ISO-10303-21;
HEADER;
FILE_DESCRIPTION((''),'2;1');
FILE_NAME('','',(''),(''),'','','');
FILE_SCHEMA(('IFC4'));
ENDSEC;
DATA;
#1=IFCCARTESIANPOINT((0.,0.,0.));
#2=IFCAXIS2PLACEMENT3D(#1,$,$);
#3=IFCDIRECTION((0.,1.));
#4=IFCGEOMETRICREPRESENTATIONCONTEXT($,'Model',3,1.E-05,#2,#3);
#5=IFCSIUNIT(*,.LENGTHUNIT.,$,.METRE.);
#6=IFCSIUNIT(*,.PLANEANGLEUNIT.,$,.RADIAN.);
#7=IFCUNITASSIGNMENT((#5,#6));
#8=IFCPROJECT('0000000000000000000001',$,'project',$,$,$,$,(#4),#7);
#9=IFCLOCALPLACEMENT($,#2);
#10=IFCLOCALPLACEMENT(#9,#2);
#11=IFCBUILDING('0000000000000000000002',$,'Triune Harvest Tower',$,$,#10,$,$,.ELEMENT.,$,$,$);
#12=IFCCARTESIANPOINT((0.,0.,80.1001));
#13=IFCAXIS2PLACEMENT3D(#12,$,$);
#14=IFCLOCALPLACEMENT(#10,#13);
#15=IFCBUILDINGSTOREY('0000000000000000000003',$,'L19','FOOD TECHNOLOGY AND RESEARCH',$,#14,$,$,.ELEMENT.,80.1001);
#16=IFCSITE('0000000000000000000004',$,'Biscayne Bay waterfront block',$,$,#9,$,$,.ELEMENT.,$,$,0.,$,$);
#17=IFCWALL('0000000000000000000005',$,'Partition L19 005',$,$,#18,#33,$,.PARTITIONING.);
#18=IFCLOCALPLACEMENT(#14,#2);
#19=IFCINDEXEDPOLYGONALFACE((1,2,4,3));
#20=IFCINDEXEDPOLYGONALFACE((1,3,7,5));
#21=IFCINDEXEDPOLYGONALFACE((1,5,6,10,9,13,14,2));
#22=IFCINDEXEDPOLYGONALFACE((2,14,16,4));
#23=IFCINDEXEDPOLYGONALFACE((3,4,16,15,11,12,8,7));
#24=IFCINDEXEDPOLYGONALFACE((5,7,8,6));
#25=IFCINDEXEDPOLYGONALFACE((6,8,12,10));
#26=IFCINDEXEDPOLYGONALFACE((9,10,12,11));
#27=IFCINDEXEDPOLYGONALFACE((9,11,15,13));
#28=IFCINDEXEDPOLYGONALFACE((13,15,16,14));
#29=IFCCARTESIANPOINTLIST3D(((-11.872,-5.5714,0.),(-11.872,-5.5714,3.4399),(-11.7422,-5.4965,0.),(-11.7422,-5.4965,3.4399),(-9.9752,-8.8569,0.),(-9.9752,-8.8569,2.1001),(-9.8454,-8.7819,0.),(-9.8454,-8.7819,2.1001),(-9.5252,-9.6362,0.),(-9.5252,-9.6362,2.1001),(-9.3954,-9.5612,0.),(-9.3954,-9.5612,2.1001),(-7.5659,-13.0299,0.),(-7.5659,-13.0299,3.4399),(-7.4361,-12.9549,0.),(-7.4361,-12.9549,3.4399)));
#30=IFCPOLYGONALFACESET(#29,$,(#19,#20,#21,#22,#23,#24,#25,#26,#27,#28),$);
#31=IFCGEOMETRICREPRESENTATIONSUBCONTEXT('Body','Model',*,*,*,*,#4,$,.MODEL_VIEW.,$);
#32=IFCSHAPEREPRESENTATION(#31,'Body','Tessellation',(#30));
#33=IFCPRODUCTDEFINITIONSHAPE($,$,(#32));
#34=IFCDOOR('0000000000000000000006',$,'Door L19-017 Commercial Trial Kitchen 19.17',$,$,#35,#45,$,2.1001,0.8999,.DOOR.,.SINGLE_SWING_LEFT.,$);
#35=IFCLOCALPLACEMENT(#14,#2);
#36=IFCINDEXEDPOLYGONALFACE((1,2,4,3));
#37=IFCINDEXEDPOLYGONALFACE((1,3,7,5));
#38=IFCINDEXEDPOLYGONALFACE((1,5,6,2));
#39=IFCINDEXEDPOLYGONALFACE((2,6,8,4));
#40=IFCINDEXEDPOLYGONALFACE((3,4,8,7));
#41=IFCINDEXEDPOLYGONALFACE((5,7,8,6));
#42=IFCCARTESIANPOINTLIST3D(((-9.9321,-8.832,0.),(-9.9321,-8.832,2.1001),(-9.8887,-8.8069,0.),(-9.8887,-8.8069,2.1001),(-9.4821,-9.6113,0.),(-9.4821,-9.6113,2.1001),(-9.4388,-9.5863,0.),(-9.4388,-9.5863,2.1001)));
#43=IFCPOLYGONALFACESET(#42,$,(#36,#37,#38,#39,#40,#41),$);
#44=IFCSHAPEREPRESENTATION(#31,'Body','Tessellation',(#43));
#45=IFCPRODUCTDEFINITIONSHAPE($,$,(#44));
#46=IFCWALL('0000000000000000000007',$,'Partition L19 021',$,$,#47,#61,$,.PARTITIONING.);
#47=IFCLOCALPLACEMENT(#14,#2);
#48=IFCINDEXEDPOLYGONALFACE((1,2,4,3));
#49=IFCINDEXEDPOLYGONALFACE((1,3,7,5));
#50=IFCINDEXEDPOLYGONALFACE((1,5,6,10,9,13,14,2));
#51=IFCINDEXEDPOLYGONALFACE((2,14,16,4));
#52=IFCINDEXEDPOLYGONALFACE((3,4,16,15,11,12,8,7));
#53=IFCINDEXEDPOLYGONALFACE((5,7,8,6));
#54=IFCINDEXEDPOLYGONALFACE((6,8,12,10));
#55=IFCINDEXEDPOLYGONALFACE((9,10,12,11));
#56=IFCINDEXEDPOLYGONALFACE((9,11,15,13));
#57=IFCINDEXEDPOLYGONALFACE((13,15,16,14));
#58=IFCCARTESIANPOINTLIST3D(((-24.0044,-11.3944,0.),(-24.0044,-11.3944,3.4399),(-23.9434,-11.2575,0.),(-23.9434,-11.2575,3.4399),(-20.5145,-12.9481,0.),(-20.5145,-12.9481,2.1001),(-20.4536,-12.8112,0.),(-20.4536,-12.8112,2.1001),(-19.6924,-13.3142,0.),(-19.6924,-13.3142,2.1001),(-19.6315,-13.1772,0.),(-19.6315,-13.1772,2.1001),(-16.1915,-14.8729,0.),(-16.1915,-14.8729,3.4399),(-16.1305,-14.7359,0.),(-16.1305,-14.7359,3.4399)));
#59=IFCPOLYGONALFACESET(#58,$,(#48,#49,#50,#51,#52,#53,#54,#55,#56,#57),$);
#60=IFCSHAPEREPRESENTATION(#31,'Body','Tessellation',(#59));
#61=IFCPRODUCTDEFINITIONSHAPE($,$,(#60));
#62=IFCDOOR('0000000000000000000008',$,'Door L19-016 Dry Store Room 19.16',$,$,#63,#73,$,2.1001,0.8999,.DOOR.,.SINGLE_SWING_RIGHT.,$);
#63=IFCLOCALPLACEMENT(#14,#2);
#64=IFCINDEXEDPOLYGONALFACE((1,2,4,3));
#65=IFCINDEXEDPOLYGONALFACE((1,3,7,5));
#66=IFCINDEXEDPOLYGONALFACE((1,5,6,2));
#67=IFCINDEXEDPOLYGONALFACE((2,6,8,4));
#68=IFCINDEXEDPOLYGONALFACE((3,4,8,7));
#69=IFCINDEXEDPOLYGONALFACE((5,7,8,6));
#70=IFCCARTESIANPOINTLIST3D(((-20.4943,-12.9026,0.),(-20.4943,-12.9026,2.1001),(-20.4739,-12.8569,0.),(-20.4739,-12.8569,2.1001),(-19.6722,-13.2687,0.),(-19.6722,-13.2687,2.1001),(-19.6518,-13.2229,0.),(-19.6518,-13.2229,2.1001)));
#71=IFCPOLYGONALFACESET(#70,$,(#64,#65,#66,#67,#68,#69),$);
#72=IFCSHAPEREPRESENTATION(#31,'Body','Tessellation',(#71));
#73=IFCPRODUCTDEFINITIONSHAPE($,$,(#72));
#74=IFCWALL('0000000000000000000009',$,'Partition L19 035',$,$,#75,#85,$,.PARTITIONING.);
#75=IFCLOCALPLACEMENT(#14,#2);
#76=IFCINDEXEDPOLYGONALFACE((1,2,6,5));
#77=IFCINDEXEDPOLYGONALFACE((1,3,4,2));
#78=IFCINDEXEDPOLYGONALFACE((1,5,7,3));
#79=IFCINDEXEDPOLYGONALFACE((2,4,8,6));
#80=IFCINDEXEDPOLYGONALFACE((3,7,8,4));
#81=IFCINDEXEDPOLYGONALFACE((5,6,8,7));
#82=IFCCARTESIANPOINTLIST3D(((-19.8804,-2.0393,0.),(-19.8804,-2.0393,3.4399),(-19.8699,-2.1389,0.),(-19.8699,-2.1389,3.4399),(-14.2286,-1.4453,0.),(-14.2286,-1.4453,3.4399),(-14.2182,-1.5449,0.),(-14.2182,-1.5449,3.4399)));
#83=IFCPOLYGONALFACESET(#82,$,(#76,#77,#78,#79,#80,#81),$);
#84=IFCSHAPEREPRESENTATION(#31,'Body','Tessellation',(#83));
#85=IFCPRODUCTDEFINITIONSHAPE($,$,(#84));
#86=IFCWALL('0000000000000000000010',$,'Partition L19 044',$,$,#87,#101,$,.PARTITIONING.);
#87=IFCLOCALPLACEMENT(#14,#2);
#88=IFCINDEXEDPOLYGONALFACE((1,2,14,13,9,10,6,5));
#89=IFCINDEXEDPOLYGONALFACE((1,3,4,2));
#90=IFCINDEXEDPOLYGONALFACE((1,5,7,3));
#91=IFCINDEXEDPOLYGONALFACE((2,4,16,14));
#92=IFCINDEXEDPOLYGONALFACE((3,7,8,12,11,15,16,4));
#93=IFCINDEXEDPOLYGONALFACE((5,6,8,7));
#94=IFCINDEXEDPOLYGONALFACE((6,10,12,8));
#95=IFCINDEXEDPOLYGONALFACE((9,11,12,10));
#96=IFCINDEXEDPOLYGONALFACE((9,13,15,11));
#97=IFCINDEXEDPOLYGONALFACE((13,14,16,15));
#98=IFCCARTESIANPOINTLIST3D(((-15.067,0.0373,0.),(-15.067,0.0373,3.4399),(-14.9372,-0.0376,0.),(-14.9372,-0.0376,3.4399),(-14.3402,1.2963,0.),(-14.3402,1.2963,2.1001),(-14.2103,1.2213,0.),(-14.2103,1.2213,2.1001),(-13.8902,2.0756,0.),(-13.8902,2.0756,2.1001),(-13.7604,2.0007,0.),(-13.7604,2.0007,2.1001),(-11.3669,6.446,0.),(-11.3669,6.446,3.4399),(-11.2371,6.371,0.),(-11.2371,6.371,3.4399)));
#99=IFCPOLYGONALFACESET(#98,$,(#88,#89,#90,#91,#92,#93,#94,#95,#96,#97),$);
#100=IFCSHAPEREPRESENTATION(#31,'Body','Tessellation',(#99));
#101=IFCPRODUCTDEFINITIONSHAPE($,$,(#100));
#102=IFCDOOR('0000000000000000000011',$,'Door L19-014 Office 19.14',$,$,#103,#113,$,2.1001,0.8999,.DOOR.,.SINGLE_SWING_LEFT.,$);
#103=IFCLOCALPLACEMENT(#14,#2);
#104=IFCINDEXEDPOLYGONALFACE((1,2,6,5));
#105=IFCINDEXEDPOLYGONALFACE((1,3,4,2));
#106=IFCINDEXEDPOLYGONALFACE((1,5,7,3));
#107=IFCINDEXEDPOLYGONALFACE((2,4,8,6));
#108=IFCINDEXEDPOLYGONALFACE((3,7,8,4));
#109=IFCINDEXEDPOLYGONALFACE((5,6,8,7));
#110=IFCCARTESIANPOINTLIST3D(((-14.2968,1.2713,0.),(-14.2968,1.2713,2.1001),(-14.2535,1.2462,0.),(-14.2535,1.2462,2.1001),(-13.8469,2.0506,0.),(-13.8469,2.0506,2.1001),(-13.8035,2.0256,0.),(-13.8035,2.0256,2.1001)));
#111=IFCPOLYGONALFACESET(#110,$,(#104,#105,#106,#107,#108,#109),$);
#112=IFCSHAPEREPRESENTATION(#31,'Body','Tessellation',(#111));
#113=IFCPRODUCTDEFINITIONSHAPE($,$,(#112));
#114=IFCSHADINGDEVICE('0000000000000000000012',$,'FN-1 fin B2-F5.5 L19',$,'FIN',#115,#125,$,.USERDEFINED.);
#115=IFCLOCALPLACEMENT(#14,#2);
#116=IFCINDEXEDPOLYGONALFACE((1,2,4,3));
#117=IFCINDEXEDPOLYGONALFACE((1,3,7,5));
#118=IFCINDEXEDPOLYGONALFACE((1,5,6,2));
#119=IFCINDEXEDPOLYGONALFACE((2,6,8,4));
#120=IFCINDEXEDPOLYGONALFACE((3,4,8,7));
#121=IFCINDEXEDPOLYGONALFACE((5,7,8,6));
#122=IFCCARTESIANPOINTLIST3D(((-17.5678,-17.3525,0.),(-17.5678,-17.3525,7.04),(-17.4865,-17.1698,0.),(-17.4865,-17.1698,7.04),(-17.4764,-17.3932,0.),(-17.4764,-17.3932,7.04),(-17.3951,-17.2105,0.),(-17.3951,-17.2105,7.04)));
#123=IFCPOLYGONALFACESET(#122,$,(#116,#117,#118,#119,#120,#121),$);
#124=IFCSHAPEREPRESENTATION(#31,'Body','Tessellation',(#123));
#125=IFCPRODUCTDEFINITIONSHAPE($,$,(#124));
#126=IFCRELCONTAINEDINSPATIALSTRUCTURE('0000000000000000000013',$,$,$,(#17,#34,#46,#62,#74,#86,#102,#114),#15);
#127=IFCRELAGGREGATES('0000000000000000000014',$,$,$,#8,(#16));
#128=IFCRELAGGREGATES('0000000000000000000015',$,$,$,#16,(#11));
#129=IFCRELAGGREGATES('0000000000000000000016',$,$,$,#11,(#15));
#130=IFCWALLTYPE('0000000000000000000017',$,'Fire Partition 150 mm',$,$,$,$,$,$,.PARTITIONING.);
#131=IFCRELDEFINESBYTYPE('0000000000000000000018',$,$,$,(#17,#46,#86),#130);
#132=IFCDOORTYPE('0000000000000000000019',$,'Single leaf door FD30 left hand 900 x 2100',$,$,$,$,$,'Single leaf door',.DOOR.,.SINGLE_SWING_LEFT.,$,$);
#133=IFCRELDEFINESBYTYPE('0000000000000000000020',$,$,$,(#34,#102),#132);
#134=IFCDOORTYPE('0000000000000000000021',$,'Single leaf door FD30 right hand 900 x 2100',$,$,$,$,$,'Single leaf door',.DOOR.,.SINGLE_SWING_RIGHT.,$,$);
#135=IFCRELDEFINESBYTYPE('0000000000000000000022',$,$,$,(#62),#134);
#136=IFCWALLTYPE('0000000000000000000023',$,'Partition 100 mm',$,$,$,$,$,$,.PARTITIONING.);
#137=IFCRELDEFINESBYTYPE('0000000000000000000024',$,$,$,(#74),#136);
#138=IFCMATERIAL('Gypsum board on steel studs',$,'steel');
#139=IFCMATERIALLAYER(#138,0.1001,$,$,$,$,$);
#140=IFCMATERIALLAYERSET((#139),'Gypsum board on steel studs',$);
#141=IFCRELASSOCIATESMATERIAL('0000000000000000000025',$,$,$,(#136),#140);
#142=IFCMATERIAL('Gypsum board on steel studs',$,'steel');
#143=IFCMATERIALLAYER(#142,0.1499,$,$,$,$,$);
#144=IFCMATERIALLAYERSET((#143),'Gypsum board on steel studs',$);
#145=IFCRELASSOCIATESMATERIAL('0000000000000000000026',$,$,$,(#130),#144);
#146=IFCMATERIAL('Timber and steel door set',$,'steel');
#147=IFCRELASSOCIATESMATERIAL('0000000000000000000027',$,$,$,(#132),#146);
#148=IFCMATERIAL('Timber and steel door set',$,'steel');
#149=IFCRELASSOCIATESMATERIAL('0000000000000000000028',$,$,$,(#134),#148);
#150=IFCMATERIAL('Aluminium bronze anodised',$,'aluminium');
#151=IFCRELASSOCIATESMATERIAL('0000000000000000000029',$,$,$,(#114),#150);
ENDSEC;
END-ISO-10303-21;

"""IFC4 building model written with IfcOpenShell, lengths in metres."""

from ifc_helpers import new_model, si_unit, direction, frame, frame_2d, origin, origin_2d, place, context, subcontext, project, spatial, rectangle, extrude, source, transform, mapped, material, layer, layer_set, type_object, element, fill, save


model = new_model("IFC4")

# Units and contexts
model_context = context("Model", 3, precision=1e-05, world=origin(), true_north=direction((0.0, 1.0)))
body_context = subcontext(model_context, "Body", "Model", "MODEL_VIEW")
ifc_project = project(units=[si_unit("LENGTHUNIT", "METRE"), si_unit("PLANEANGLEUNIT", "RADIAN")], contexts=[model_context])

# Site, building, storey
site_placement = place(None, origin())
site = spatial("IfcSite", under=ifc_project, at=site_placement, Name="Biscayne Bay waterfront block", CompositionType="ELEMENT", RefElevation=0.0)
building_placement = place(site_placement, origin())
building = spatial("IfcBuilding", under=site, at=building_placement, Name="Triune Harvest Tower", CompositionType="ELEMENT")
storey_placement = place(building_placement, frame((0.0, 0.0, 80.1001)))
storey = spatial("IfcBuildingStorey", under=building, at=storey_placement, Name="L19", Description="FOOD TECHNOLOGY AND RESEARCH", CompositionType="ELEMENT", Elevation=80.1001)

# Shared definitions
ifc_material_1 = material(Name="Gypsum board on steel studs", Category="steel")
ifc_layer_1 = layer(ifc_material_1, 0.1001)
ifc_layer_set_1 = layer_set([ifc_layer_1], Name="Gypsum board on steel studs")
wall_type_1 = type_object("IfcWallType", Name="Partition 100 mm", PredefinedType="PARTITIONING", material=ifc_layer_set_1)

# Walls, openings, doors
ifc_material_2 = material(Name="Gypsum board on steel studs", Category="steel")
ifc_layer_2 = layer(ifc_material_2, 0.1499)
ifc_layer_set_2 = layer_set([ifc_layer_2], Name="Gypsum board on steel studs")
wall_type_2 = type_object("IfcWallType", Name="Fire Partition 150 mm", PredefinedType="PARTITIONING", material=ifc_layer_set_2)
ifc_material_3 = material(Name="Timber and steel door set", Category="steel")
door_type_1 = type_object("IfcDoorType", Name="Single leaf door FD30 left hand 900 x 2100", ElementType="Single leaf door", OperationType="SINGLE_SWING_LEFT", PredefinedType="DOOR", material=ifc_material_3)
shared_shape_1 = source(origin(), body_context, "Body", "SweptSolid", [
    extrude(rectangle(XDim=8.6123, YDim=0.1499, at=frame_2d((4.3062, 0.0))), origin(), (0.0, 0.0, 1.0), 3.4399),
])
wall_1_placement = place(storey_placement, frame((-11.8071, -5.5339, 0.0), z_axis=(0.0, 0.0, 1.0), x_axis=(0.499999, -0.866026, 0.0)))
wall_1 = element("IfcWall", 1, at=wall_1_placement, inside=storey, type_object=wall_type_2, Name="Partition L19 005", PredefinedType="PARTITIONING", context=body_context, shape_type="MappedRepresentation", body=[
    mapped(shared_shape_1, transform((0.0, 0.0, 0.0), scale=1.0)),
])
opening_1_placement = place(wall_1_placement, frame((3.7937, 0.0, 0.0)))
opening_1 = element("IfcOpeningElement", 2, at=opening_1_placement, cuts=wall_1, PredefinedType="OPENING", context=body_context, shape_type="SweptSolid", body=[
    extrude(rectangle(XDim=0.8999, YDim=2.1001, at=frame_2d((0.45, 1.05))), frame((0.0, 0.085, 0.0), z_axis=(0.0, -1.0, 0.0), x_axis=(1.0, 0.0, 0.0)), (0.0, 0.0, 1.0), 0.1699),
])
door_1_placement = place(opening_1_placement, origin())
door_1 = element("IfcDoor", 3, at=door_1_placement, inside=storey, type_object=door_type_1, Name="Door L19-017 Commercial Trial Kitchen 19.17", OperationType="SINGLE_SWING_LEFT", OverallHeight=2.1001, OverallWidth=0.8999, PredefinedType="DOOR", context=body_context, shape_type="SweptSolid", body=[
    extrude(rectangle(XDim=0.8999, YDim=2.1001, at=frame_2d((0.45, 1.05))), frame((0.0, 0.0249, 0.0), z_axis=(0.0, -1.0, 0.0), x_axis=(1.0, 0.0, 0.0)), (0.0, 0.0, 1.0), 0.05),
])
fill(opening_1, door_1)
shared_shape_2 = source(origin(), body_context, "Body", "SweptSolid", [
    extrude(rectangle(XDim=8.5522, YDim=0.1499, at=frame_2d((4.2761, 0.0))), origin(), (0.0, 0.0, 1.0), 3.4399),
])
wall_2_placement = place(storey_placement, frame((-23.9739, -11.3259, 0.0), z_axis=(0.0, 0.0, 1.0), x_axis=(0.913548, -0.406732, 0.0)))
wall_2 = element("IfcWall", 4, at=wall_2_placement, inside=storey, type_object=wall_type_2, Name="Partition L19 021", PredefinedType="PARTITIONING", context=body_context, shape_type="MappedRepresentation", body=[
    mapped(shared_shape_2, transform((0.0, 0.0, 0.0), scale=1.0)),
])
opening_2_placement = place(wall_2_placement, frame((3.8201, 0.0, 0.0)))
opening_2 = element("IfcOpeningElement", 5, at=opening_2_placement, cuts=wall_2, PredefinedType="OPENING", context=body_context, shape_type="SweptSolid", body=[
    extrude(rectangle(XDim=0.8999, YDim=2.1001, at=frame_2d((0.45, 1.05))), frame((0.0, 0.085, 0.0), z_axis=(0.0, -1.0, 0.0), x_axis=(1.0, 0.0, 0.0)), (0.0, 0.0, 1.0), 0.1699),
])
ifc_material_4 = material(Name="Timber and steel door set", Category="steel")
door_type_2 = type_object("IfcDoorType", Name="Single leaf door FD30 right hand 900 x 2100", ElementType="Single leaf door", OperationType="SINGLE_SWING_RIGHT", PredefinedType="DOOR", material=ifc_material_4)
door_2_placement = place(opening_2_placement, origin())
door_2 = element("IfcDoor", 6, at=door_2_placement, inside=storey, type_object=door_type_2, Name="Door L19-016 Dry Store Room 19.16", OperationType="SINGLE_SWING_RIGHT", OverallHeight=2.1001, OverallWidth=0.8999, PredefinedType="DOOR", context=body_context, shape_type="SweptSolid", body=[
    extrude(rectangle(XDim=0.8999, YDim=2.1001, at=frame_2d((0.45, 1.05))), frame((0.0, 0.0249, 0.0), z_axis=(0.0, -1.0, 0.0), x_axis=(1.0, 0.0, 0.0)), (0.0, 0.0, 1.0), 0.05),
])
fill(opening_2, door_2)

# Wall
shared_shape_3 = source(origin(), body_context, "Body", "SweptSolid", [
    extrude(rectangle(XDim=5.6829, YDim=0.1001, at=frame_2d((2.8413, 0.0))), origin(), (0.0, 0.0, 1.0), 3.4399),
])
wall_3_placement = place(storey_placement, frame((-19.875, -2.0891, 0.0), z_axis=(0.0, 0.0, 1.0), x_axis=(0.994522, 0.104526, 0.0)))
element("IfcWall", 7, at=wall_3_placement, inside=storey, type_object=wall_type_1, Name="Partition L19 035", PredefinedType="PARTITIONING", context=body_context, shape_type="MappedRepresentation", body=[
    mapped(shared_shape_3, transform((0.0, 0.0, 0.0), scale=1.0)),
])

# Wall, opening, door
shared_shape_4 = source(origin(), body_context, "Body", "SweptSolid", [
    extrude(rectangle(XDim=7.4001, YDim=0.1499, at=frame_2d((3.7002, 0.0))), origin(), (0.0, 0.0, 1.0), 3.4399),
])
wall_4_placement = place(storey_placement, frame((-15.0022, -0.0002, 0.0), z_axis=(0.0, 0.0, 1.0), x_axis=(0.500014, 0.866017, 0.0)))
wall_4 = element("IfcWall", 8, at=wall_4_placement, inside=storey, type_object=wall_type_2, Name="Partition L19 044", PredefinedType="PARTITIONING", context=body_context, shape_type="MappedRepresentation", body=[
    mapped(shared_shape_4, transform((0.0, 0.0, 0.0), scale=1.0)),
])
opening_3_placement = place(wall_4_placement, frame((1.4539, 0.0, 0.0)))
opening_3 = element("IfcOpeningElement", 9, at=opening_3_placement, cuts=wall_4, PredefinedType="OPENING", context=body_context, shape_type="SweptSolid", body=[
    extrude(rectangle(XDim=0.8999, YDim=2.1001, at=frame_2d((0.45, 1.05))), frame((0.0, 0.085, 0.0), z_axis=(0.0, -1.0, 0.0), x_axis=(1.0, 0.0, 0.0)), (0.0, 0.0, 1.0), 0.1699),
])
door_3_placement = place(opening_3_placement, origin())
door_3 = element("IfcDoor", 10, at=door_3_placement, inside=storey, type_object=door_type_1, Name="Door L19-014 Office 19.14", OperationType="SINGLE_SWING_LEFT", OverallHeight=2.1001, OverallWidth=0.8999, PredefinedType="DOOR", context=body_context, shape_type="SweptSolid", body=[
    extrude(rectangle(XDim=0.8999, YDim=2.1001, at=frame_2d((0.45, 1.05))), frame((0.0, 0.0249, 0.0), z_axis=(0.0, -1.0, 0.0), x_axis=(1.0, 0.0, 0.0)), (0.0, 0.0, 1.0), 0.05),
])
fill(opening_3, door_3)

# Shading device
ifc_material_5 = material(Name="Aluminium bronze anodised", Category="aluminium")
shared_shape_5 = source(origin(), body_context, "Body", "SweptSolid", [
    extrude(rectangle(XDim=0.1001, YDim=0.2, at=origin_2d()), origin(), (0.0, 0.0, 1.0), 7.04),
])
shading_device_placement = place(storey_placement, frame((-17.4814, -17.2815, 0.0), z_axis=(0.0, 0.0, 1.0), x_axis=(0.913545, -0.406737, 0.0)))
element("IfcShadingDevice", 11, at=shading_device_placement, inside=storey, material=ifc_material_5, Name="FN-1 fin B2-F5.5 L19", ObjectType="FIN", PredefinedType="USERDEFINED", context=body_context, shape_type="MappedRepresentation", body=[
    mapped(shared_shape_5, transform((0.0, 0.0, 0.0), scale=1.0)),
])

save(model, "model.ifc")
